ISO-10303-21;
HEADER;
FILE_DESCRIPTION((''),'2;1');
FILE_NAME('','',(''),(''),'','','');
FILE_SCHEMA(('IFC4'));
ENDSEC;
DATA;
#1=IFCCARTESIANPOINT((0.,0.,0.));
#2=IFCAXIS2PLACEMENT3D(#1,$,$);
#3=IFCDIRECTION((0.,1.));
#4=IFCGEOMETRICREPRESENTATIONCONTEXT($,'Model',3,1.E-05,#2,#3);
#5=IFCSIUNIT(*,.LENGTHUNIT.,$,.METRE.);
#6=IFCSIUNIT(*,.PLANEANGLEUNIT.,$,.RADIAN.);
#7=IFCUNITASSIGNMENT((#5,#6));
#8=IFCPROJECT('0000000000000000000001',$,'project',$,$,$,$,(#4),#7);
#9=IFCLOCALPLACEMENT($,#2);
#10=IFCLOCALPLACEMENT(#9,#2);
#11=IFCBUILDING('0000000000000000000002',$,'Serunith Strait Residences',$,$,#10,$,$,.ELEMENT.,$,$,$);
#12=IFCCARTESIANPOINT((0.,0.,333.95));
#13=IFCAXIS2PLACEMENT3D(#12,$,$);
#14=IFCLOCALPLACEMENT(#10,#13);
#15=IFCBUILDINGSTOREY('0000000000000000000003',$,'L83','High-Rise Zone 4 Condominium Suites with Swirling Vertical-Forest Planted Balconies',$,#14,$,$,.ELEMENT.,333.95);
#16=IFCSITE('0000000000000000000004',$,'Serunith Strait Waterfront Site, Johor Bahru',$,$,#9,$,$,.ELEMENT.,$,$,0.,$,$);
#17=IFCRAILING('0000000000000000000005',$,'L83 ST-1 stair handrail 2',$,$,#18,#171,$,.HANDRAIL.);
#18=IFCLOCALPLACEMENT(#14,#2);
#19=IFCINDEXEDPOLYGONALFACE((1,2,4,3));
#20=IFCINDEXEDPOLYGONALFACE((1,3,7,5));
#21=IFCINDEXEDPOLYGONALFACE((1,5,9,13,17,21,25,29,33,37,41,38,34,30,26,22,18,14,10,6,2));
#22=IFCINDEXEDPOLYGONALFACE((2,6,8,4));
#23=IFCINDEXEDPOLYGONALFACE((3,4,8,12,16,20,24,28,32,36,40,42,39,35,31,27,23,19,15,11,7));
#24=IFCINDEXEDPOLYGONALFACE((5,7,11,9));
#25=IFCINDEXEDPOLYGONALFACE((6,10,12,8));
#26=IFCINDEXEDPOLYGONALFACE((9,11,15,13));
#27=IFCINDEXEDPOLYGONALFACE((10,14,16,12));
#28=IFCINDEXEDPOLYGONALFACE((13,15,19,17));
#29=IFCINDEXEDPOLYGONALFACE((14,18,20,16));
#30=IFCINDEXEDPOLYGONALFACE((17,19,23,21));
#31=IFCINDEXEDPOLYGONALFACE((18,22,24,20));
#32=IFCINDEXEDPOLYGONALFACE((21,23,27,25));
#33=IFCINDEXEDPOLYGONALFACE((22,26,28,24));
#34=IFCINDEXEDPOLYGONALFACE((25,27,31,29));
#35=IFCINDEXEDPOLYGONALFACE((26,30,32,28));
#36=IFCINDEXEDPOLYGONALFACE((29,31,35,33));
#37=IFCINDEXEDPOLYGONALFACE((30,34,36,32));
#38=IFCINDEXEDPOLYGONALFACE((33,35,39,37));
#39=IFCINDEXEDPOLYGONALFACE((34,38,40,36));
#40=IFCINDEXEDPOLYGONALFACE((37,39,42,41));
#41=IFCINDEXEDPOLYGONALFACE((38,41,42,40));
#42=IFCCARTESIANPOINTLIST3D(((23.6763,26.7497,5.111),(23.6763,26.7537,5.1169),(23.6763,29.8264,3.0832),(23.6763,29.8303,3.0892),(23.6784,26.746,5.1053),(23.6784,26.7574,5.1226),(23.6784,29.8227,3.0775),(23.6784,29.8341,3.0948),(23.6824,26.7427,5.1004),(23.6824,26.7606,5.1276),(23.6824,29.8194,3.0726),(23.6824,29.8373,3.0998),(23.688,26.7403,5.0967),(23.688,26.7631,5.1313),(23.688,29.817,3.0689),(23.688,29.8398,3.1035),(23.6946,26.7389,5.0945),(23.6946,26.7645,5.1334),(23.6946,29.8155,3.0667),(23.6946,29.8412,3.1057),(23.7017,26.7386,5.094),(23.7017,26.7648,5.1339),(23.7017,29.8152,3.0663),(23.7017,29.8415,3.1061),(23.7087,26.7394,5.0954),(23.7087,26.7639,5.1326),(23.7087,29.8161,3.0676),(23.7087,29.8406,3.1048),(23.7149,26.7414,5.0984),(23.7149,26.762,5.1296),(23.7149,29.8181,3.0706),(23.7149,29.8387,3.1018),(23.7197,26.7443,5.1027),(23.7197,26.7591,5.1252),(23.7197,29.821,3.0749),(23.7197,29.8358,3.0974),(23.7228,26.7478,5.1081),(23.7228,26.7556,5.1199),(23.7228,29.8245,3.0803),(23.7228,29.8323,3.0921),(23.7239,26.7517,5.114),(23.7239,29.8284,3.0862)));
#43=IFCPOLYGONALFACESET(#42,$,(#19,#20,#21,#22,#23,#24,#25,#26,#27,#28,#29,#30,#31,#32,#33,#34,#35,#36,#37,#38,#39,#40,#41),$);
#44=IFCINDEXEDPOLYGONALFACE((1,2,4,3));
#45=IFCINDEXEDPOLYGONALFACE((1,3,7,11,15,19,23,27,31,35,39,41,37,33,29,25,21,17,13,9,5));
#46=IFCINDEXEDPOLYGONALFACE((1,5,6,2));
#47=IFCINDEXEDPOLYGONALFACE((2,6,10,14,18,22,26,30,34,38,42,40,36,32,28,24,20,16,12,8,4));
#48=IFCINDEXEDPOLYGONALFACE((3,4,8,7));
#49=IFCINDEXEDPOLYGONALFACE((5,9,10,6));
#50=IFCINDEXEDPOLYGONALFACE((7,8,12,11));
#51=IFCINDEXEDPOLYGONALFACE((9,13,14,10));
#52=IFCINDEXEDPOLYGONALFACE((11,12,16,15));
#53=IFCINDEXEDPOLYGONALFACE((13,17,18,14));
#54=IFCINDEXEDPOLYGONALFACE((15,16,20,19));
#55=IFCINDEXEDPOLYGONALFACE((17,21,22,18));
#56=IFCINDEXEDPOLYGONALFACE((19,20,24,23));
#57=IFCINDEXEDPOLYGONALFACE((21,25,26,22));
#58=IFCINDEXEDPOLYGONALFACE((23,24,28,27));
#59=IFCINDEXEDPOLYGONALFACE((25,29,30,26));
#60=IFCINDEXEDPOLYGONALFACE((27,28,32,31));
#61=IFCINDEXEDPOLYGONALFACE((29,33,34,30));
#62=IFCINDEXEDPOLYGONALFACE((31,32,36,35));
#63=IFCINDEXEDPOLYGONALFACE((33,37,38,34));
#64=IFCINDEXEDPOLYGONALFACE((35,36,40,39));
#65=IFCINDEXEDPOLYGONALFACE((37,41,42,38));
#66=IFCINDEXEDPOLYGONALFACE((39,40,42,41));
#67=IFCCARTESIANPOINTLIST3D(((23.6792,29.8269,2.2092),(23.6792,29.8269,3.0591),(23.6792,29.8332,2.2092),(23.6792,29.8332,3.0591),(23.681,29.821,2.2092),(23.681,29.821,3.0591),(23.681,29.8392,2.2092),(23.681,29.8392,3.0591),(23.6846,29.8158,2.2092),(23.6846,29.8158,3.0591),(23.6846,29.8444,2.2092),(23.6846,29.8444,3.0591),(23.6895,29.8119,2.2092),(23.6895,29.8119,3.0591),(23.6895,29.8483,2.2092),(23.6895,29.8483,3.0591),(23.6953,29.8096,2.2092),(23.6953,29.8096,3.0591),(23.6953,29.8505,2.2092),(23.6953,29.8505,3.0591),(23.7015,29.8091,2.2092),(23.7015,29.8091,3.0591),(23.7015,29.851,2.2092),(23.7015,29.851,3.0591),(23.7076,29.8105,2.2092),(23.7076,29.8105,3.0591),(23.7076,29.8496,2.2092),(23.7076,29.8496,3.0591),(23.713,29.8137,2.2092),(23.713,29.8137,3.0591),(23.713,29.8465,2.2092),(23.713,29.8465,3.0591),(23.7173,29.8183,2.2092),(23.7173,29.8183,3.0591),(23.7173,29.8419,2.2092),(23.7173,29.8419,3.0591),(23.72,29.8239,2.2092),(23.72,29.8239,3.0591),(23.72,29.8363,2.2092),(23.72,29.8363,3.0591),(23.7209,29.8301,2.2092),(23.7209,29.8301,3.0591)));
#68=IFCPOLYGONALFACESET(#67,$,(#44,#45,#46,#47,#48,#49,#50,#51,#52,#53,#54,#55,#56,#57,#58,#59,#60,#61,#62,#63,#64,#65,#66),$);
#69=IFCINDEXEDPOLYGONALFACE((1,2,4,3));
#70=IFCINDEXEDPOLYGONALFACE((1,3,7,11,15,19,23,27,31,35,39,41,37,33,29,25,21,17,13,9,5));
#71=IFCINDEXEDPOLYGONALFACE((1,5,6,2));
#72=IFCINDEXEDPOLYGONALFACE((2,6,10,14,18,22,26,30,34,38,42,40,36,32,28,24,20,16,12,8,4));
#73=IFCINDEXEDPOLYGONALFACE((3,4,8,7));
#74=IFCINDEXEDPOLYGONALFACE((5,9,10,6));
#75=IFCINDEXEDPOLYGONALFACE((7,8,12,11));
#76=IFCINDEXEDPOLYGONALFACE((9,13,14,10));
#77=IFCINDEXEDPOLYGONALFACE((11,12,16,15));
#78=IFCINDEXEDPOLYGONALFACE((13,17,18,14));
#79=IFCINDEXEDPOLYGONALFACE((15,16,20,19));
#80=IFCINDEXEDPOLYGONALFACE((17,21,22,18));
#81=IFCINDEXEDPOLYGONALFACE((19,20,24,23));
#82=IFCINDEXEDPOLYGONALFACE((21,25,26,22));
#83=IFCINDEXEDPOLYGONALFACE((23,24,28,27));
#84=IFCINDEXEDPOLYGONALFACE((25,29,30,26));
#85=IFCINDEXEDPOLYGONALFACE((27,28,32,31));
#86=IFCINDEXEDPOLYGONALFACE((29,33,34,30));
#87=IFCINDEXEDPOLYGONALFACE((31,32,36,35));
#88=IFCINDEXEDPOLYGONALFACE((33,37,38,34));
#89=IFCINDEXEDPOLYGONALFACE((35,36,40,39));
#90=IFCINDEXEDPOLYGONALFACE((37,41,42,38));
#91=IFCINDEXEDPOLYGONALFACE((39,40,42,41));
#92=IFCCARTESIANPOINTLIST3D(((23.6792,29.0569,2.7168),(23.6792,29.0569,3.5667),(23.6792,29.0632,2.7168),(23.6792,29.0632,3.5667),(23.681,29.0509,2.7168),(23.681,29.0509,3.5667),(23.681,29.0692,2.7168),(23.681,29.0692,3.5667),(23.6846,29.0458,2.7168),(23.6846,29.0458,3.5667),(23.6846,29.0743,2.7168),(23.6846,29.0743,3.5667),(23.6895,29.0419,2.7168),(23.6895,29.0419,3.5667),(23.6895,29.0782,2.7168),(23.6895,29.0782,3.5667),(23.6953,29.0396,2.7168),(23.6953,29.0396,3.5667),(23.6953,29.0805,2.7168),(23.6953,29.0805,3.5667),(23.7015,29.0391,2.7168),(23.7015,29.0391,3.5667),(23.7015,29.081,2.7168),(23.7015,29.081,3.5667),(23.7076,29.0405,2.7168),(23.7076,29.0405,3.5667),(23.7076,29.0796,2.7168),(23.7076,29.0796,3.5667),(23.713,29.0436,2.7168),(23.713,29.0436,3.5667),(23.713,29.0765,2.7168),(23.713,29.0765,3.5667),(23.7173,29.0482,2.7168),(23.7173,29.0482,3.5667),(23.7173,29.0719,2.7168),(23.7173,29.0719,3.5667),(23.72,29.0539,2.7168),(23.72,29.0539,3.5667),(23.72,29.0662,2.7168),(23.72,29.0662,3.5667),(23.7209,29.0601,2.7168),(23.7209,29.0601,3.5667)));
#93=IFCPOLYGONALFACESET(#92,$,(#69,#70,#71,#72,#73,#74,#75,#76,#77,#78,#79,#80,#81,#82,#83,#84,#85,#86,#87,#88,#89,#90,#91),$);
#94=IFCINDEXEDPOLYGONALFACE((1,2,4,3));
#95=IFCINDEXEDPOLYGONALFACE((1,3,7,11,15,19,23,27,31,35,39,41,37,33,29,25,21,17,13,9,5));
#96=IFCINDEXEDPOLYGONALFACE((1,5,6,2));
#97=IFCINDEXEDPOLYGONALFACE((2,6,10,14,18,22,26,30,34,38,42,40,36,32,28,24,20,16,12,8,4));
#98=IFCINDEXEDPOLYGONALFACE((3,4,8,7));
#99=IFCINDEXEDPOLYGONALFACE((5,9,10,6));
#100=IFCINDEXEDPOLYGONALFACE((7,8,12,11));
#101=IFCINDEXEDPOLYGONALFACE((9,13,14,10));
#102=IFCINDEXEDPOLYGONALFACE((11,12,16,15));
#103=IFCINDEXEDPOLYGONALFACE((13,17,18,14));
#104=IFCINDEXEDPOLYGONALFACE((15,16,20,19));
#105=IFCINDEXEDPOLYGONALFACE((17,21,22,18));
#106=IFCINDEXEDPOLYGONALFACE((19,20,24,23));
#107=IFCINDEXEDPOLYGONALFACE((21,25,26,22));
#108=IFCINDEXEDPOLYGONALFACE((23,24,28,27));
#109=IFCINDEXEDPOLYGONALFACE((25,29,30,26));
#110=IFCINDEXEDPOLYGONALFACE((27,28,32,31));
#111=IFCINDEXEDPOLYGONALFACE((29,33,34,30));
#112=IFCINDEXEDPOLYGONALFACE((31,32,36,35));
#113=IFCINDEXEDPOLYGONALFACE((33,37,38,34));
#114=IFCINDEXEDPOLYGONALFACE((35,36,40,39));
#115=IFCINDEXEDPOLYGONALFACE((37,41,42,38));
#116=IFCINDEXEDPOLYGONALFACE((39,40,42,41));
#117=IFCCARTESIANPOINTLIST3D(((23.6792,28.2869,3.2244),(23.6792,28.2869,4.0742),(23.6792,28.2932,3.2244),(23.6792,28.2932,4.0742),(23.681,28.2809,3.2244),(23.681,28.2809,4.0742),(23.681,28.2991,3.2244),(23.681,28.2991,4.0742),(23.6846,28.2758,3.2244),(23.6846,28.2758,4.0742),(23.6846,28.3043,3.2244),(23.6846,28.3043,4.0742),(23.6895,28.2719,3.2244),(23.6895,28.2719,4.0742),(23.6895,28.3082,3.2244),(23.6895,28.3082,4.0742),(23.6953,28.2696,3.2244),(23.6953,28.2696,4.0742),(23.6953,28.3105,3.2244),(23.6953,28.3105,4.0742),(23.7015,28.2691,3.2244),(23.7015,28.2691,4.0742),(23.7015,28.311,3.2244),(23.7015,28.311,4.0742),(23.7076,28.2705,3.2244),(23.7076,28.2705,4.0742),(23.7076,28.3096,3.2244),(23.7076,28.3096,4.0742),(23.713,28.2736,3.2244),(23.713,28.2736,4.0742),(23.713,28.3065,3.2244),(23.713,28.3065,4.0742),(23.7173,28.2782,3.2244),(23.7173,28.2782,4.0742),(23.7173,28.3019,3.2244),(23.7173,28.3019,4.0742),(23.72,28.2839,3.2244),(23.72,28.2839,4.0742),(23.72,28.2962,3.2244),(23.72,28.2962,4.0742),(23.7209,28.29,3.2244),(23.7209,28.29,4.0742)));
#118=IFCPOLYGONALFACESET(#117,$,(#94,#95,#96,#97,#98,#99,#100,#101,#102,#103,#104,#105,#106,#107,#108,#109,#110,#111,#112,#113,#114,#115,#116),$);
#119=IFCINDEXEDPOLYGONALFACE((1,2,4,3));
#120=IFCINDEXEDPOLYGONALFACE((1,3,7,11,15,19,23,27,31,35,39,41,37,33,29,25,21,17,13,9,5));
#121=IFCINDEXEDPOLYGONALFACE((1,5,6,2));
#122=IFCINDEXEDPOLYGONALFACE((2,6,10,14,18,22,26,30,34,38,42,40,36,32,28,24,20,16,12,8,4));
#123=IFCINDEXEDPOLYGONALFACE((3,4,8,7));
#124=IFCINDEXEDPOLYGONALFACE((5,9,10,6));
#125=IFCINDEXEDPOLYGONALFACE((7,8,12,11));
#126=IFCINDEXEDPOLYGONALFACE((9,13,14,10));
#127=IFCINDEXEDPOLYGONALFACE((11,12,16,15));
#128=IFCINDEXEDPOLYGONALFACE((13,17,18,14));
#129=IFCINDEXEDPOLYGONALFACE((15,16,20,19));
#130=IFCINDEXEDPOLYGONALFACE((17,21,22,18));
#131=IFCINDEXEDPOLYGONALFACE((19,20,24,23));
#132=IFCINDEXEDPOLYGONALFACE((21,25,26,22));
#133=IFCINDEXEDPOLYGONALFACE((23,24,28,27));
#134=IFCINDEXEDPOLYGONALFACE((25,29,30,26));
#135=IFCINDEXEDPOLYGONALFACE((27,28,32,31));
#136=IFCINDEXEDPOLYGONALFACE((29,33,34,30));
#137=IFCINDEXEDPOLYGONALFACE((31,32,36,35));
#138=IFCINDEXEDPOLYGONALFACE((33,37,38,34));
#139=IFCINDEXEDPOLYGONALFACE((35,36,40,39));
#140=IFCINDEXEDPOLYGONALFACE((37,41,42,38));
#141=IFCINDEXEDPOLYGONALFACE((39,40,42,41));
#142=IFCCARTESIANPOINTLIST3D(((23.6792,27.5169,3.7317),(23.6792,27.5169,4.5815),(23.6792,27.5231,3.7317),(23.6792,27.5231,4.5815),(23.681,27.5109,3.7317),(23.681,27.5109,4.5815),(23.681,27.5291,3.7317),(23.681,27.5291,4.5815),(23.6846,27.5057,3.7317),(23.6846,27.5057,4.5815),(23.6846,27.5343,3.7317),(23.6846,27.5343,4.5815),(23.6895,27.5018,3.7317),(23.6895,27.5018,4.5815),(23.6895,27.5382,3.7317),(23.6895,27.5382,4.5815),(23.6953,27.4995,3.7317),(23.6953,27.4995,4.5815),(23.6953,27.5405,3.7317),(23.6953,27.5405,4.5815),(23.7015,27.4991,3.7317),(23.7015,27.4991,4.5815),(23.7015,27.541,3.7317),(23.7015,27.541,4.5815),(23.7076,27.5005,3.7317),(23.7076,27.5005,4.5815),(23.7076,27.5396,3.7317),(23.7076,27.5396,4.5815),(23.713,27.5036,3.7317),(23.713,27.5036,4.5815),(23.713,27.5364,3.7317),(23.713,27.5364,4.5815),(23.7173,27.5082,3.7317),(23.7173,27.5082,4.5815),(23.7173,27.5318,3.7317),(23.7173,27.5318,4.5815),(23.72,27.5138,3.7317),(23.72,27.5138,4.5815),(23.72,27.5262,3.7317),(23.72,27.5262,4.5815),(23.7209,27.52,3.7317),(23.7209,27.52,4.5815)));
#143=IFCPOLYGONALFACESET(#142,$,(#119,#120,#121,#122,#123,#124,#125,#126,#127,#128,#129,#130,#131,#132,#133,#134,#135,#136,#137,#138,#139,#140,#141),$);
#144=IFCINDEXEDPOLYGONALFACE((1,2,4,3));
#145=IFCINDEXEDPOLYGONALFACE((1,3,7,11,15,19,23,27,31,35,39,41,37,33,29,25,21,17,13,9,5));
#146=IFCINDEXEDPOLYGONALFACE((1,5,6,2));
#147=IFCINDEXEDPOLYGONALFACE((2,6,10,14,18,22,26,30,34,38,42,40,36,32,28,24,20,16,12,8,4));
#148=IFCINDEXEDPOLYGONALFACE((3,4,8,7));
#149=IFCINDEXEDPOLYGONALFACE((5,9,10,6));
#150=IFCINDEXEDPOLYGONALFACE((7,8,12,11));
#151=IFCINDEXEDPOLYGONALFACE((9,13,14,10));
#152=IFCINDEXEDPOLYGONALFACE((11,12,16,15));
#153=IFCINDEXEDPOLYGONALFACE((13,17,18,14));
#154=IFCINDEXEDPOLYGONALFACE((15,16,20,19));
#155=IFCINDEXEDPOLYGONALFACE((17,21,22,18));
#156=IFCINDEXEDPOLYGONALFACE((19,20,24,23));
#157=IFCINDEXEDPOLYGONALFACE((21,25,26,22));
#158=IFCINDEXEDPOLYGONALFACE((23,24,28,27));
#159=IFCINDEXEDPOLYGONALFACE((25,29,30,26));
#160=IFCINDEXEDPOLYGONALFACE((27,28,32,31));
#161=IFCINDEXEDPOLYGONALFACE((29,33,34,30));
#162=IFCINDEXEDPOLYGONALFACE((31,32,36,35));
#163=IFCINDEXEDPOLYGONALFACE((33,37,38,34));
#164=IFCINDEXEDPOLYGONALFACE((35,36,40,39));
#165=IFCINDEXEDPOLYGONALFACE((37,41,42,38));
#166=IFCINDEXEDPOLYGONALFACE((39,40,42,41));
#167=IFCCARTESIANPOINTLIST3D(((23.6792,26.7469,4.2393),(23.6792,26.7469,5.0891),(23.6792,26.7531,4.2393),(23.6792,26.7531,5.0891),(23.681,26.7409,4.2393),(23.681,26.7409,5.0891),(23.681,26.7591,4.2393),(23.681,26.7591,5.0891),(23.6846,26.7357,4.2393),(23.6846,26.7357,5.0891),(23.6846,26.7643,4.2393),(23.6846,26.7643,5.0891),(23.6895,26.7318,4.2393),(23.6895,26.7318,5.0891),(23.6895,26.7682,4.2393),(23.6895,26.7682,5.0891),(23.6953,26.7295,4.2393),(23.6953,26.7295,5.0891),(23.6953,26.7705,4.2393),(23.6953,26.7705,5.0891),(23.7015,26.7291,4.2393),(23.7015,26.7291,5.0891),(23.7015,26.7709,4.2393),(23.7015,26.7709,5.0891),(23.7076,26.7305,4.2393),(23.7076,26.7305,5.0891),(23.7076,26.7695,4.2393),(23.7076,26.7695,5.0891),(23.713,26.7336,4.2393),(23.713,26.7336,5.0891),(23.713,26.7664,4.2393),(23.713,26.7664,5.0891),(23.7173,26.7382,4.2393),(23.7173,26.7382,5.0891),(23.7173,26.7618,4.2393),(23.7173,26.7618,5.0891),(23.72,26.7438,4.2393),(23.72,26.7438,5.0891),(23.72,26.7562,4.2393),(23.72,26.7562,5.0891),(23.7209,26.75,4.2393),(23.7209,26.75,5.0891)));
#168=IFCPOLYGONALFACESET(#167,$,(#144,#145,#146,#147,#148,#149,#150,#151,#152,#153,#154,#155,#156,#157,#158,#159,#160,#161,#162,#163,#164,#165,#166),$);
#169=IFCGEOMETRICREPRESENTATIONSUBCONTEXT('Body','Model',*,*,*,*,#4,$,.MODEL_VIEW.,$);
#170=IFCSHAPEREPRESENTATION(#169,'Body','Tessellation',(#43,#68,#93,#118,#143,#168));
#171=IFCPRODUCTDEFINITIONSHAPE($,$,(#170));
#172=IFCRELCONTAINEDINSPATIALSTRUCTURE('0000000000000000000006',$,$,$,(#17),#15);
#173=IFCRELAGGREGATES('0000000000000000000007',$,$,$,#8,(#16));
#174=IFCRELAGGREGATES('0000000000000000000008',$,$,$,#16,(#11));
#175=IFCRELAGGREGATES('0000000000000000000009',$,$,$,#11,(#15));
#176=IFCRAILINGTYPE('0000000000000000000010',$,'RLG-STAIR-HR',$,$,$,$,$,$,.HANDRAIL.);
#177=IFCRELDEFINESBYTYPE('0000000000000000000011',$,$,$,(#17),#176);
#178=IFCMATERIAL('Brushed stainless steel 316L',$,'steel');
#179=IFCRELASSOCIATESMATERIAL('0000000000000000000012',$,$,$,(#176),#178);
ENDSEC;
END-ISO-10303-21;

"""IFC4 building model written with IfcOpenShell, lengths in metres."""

from ifc_helpers import new_model, si_unit, direction, frame, origin, origin_2d, place, context, subcontext, project, spatial, circle, extrude, material, type_object, element, save


model = new_model("IFC4")

# Units and contexts
model_context = context("Model", 3, precision=1e-05, world=origin(), true_north=direction((0.0, 1.0)))
body_context = subcontext(model_context, "Body", "Model", "MODEL_VIEW")
ifc_project = project(units=[si_unit("LENGTHUNIT", "METRE"), si_unit("PLANEANGLEUNIT", "RADIAN")], contexts=[model_context])

# Site, building, storey
site_placement = place(None, origin())
site = spatial("IfcSite", under=ifc_project, at=site_placement, Name="Serunith Strait Waterfront Site, Johor Bahru", CompositionType="ELEMENT", RefElevation=0.0)
building_placement = place(site_placement, origin())
building = spatial("IfcBuilding", under=site, at=building_placement, Name="Serunith Strait Residences", CompositionType="ELEMENT")
storey_placement = place(building_placement, frame((0.0, 0.0, 333.95)))
storey = spatial("IfcBuildingStorey", under=building, at=storey_placement, Name="L83", Description="High-Rise Zone 4 Condominium Suites with Swirling Vertical-Forest Planted Balconies", CompositionType="ELEMENT", Elevation=333.95)

# Railing
ifc_material_1 = material(Name="Brushed stainless steel 316L", Category="steel")
railing_type_1 = type_object("IfcRailingType", Name="RLG-STAIR-HR", PredefinedType="HANDRAIL", material=ifc_material_1)
railing_1_placement = place(storey_placement, frame((23.7, 29.8301, 2.2092)))
element("IfcRailing", 1, at=railing_1_placement, inside=storey, type_object=railing_type_1, Name="L83 ST-1 stair handrail 2", PredefinedType="HANDRAIL", context=body_context, shape_type="SweptSolid", body=[
    extrude(circle(Radius=0.0239, at=origin_2d()), frame((0.0, -0.0017, 0.877), z_axis=(0.0, -0.834961, 0.550309), x_axis=(1.0, 0.0, 0.0)), (0.0, 0.0, 1.0), 3.6848),
    extrude(circle(Radius=0.021, at=origin_2d()), origin(), (0.0, 0.0, 1.0), 0.8499),
    extrude(circle(Radius=0.021, at=origin_2d()), frame((0.0, -0.77, 0.5076)), (0.0, 0.0, 1.0), 0.8499),
    extrude(circle(Radius=0.021, at=origin_2d()), frame((0.0, -1.54, 1.0151)), (0.0, 0.0, 1.0), 0.8499),
    extrude(circle(Radius=0.021, at=origin_2d()), frame((0.0, -2.3101, 1.5225)), (0.0, 0.0, 1.0), 0.8499),
    extrude(circle(Radius=0.021, at=origin_2d()), frame((0.0, -3.0801, 2.03)), (0.0, 0.0, 1.0), 0.8499),
])

save(model, "model.ifc")
